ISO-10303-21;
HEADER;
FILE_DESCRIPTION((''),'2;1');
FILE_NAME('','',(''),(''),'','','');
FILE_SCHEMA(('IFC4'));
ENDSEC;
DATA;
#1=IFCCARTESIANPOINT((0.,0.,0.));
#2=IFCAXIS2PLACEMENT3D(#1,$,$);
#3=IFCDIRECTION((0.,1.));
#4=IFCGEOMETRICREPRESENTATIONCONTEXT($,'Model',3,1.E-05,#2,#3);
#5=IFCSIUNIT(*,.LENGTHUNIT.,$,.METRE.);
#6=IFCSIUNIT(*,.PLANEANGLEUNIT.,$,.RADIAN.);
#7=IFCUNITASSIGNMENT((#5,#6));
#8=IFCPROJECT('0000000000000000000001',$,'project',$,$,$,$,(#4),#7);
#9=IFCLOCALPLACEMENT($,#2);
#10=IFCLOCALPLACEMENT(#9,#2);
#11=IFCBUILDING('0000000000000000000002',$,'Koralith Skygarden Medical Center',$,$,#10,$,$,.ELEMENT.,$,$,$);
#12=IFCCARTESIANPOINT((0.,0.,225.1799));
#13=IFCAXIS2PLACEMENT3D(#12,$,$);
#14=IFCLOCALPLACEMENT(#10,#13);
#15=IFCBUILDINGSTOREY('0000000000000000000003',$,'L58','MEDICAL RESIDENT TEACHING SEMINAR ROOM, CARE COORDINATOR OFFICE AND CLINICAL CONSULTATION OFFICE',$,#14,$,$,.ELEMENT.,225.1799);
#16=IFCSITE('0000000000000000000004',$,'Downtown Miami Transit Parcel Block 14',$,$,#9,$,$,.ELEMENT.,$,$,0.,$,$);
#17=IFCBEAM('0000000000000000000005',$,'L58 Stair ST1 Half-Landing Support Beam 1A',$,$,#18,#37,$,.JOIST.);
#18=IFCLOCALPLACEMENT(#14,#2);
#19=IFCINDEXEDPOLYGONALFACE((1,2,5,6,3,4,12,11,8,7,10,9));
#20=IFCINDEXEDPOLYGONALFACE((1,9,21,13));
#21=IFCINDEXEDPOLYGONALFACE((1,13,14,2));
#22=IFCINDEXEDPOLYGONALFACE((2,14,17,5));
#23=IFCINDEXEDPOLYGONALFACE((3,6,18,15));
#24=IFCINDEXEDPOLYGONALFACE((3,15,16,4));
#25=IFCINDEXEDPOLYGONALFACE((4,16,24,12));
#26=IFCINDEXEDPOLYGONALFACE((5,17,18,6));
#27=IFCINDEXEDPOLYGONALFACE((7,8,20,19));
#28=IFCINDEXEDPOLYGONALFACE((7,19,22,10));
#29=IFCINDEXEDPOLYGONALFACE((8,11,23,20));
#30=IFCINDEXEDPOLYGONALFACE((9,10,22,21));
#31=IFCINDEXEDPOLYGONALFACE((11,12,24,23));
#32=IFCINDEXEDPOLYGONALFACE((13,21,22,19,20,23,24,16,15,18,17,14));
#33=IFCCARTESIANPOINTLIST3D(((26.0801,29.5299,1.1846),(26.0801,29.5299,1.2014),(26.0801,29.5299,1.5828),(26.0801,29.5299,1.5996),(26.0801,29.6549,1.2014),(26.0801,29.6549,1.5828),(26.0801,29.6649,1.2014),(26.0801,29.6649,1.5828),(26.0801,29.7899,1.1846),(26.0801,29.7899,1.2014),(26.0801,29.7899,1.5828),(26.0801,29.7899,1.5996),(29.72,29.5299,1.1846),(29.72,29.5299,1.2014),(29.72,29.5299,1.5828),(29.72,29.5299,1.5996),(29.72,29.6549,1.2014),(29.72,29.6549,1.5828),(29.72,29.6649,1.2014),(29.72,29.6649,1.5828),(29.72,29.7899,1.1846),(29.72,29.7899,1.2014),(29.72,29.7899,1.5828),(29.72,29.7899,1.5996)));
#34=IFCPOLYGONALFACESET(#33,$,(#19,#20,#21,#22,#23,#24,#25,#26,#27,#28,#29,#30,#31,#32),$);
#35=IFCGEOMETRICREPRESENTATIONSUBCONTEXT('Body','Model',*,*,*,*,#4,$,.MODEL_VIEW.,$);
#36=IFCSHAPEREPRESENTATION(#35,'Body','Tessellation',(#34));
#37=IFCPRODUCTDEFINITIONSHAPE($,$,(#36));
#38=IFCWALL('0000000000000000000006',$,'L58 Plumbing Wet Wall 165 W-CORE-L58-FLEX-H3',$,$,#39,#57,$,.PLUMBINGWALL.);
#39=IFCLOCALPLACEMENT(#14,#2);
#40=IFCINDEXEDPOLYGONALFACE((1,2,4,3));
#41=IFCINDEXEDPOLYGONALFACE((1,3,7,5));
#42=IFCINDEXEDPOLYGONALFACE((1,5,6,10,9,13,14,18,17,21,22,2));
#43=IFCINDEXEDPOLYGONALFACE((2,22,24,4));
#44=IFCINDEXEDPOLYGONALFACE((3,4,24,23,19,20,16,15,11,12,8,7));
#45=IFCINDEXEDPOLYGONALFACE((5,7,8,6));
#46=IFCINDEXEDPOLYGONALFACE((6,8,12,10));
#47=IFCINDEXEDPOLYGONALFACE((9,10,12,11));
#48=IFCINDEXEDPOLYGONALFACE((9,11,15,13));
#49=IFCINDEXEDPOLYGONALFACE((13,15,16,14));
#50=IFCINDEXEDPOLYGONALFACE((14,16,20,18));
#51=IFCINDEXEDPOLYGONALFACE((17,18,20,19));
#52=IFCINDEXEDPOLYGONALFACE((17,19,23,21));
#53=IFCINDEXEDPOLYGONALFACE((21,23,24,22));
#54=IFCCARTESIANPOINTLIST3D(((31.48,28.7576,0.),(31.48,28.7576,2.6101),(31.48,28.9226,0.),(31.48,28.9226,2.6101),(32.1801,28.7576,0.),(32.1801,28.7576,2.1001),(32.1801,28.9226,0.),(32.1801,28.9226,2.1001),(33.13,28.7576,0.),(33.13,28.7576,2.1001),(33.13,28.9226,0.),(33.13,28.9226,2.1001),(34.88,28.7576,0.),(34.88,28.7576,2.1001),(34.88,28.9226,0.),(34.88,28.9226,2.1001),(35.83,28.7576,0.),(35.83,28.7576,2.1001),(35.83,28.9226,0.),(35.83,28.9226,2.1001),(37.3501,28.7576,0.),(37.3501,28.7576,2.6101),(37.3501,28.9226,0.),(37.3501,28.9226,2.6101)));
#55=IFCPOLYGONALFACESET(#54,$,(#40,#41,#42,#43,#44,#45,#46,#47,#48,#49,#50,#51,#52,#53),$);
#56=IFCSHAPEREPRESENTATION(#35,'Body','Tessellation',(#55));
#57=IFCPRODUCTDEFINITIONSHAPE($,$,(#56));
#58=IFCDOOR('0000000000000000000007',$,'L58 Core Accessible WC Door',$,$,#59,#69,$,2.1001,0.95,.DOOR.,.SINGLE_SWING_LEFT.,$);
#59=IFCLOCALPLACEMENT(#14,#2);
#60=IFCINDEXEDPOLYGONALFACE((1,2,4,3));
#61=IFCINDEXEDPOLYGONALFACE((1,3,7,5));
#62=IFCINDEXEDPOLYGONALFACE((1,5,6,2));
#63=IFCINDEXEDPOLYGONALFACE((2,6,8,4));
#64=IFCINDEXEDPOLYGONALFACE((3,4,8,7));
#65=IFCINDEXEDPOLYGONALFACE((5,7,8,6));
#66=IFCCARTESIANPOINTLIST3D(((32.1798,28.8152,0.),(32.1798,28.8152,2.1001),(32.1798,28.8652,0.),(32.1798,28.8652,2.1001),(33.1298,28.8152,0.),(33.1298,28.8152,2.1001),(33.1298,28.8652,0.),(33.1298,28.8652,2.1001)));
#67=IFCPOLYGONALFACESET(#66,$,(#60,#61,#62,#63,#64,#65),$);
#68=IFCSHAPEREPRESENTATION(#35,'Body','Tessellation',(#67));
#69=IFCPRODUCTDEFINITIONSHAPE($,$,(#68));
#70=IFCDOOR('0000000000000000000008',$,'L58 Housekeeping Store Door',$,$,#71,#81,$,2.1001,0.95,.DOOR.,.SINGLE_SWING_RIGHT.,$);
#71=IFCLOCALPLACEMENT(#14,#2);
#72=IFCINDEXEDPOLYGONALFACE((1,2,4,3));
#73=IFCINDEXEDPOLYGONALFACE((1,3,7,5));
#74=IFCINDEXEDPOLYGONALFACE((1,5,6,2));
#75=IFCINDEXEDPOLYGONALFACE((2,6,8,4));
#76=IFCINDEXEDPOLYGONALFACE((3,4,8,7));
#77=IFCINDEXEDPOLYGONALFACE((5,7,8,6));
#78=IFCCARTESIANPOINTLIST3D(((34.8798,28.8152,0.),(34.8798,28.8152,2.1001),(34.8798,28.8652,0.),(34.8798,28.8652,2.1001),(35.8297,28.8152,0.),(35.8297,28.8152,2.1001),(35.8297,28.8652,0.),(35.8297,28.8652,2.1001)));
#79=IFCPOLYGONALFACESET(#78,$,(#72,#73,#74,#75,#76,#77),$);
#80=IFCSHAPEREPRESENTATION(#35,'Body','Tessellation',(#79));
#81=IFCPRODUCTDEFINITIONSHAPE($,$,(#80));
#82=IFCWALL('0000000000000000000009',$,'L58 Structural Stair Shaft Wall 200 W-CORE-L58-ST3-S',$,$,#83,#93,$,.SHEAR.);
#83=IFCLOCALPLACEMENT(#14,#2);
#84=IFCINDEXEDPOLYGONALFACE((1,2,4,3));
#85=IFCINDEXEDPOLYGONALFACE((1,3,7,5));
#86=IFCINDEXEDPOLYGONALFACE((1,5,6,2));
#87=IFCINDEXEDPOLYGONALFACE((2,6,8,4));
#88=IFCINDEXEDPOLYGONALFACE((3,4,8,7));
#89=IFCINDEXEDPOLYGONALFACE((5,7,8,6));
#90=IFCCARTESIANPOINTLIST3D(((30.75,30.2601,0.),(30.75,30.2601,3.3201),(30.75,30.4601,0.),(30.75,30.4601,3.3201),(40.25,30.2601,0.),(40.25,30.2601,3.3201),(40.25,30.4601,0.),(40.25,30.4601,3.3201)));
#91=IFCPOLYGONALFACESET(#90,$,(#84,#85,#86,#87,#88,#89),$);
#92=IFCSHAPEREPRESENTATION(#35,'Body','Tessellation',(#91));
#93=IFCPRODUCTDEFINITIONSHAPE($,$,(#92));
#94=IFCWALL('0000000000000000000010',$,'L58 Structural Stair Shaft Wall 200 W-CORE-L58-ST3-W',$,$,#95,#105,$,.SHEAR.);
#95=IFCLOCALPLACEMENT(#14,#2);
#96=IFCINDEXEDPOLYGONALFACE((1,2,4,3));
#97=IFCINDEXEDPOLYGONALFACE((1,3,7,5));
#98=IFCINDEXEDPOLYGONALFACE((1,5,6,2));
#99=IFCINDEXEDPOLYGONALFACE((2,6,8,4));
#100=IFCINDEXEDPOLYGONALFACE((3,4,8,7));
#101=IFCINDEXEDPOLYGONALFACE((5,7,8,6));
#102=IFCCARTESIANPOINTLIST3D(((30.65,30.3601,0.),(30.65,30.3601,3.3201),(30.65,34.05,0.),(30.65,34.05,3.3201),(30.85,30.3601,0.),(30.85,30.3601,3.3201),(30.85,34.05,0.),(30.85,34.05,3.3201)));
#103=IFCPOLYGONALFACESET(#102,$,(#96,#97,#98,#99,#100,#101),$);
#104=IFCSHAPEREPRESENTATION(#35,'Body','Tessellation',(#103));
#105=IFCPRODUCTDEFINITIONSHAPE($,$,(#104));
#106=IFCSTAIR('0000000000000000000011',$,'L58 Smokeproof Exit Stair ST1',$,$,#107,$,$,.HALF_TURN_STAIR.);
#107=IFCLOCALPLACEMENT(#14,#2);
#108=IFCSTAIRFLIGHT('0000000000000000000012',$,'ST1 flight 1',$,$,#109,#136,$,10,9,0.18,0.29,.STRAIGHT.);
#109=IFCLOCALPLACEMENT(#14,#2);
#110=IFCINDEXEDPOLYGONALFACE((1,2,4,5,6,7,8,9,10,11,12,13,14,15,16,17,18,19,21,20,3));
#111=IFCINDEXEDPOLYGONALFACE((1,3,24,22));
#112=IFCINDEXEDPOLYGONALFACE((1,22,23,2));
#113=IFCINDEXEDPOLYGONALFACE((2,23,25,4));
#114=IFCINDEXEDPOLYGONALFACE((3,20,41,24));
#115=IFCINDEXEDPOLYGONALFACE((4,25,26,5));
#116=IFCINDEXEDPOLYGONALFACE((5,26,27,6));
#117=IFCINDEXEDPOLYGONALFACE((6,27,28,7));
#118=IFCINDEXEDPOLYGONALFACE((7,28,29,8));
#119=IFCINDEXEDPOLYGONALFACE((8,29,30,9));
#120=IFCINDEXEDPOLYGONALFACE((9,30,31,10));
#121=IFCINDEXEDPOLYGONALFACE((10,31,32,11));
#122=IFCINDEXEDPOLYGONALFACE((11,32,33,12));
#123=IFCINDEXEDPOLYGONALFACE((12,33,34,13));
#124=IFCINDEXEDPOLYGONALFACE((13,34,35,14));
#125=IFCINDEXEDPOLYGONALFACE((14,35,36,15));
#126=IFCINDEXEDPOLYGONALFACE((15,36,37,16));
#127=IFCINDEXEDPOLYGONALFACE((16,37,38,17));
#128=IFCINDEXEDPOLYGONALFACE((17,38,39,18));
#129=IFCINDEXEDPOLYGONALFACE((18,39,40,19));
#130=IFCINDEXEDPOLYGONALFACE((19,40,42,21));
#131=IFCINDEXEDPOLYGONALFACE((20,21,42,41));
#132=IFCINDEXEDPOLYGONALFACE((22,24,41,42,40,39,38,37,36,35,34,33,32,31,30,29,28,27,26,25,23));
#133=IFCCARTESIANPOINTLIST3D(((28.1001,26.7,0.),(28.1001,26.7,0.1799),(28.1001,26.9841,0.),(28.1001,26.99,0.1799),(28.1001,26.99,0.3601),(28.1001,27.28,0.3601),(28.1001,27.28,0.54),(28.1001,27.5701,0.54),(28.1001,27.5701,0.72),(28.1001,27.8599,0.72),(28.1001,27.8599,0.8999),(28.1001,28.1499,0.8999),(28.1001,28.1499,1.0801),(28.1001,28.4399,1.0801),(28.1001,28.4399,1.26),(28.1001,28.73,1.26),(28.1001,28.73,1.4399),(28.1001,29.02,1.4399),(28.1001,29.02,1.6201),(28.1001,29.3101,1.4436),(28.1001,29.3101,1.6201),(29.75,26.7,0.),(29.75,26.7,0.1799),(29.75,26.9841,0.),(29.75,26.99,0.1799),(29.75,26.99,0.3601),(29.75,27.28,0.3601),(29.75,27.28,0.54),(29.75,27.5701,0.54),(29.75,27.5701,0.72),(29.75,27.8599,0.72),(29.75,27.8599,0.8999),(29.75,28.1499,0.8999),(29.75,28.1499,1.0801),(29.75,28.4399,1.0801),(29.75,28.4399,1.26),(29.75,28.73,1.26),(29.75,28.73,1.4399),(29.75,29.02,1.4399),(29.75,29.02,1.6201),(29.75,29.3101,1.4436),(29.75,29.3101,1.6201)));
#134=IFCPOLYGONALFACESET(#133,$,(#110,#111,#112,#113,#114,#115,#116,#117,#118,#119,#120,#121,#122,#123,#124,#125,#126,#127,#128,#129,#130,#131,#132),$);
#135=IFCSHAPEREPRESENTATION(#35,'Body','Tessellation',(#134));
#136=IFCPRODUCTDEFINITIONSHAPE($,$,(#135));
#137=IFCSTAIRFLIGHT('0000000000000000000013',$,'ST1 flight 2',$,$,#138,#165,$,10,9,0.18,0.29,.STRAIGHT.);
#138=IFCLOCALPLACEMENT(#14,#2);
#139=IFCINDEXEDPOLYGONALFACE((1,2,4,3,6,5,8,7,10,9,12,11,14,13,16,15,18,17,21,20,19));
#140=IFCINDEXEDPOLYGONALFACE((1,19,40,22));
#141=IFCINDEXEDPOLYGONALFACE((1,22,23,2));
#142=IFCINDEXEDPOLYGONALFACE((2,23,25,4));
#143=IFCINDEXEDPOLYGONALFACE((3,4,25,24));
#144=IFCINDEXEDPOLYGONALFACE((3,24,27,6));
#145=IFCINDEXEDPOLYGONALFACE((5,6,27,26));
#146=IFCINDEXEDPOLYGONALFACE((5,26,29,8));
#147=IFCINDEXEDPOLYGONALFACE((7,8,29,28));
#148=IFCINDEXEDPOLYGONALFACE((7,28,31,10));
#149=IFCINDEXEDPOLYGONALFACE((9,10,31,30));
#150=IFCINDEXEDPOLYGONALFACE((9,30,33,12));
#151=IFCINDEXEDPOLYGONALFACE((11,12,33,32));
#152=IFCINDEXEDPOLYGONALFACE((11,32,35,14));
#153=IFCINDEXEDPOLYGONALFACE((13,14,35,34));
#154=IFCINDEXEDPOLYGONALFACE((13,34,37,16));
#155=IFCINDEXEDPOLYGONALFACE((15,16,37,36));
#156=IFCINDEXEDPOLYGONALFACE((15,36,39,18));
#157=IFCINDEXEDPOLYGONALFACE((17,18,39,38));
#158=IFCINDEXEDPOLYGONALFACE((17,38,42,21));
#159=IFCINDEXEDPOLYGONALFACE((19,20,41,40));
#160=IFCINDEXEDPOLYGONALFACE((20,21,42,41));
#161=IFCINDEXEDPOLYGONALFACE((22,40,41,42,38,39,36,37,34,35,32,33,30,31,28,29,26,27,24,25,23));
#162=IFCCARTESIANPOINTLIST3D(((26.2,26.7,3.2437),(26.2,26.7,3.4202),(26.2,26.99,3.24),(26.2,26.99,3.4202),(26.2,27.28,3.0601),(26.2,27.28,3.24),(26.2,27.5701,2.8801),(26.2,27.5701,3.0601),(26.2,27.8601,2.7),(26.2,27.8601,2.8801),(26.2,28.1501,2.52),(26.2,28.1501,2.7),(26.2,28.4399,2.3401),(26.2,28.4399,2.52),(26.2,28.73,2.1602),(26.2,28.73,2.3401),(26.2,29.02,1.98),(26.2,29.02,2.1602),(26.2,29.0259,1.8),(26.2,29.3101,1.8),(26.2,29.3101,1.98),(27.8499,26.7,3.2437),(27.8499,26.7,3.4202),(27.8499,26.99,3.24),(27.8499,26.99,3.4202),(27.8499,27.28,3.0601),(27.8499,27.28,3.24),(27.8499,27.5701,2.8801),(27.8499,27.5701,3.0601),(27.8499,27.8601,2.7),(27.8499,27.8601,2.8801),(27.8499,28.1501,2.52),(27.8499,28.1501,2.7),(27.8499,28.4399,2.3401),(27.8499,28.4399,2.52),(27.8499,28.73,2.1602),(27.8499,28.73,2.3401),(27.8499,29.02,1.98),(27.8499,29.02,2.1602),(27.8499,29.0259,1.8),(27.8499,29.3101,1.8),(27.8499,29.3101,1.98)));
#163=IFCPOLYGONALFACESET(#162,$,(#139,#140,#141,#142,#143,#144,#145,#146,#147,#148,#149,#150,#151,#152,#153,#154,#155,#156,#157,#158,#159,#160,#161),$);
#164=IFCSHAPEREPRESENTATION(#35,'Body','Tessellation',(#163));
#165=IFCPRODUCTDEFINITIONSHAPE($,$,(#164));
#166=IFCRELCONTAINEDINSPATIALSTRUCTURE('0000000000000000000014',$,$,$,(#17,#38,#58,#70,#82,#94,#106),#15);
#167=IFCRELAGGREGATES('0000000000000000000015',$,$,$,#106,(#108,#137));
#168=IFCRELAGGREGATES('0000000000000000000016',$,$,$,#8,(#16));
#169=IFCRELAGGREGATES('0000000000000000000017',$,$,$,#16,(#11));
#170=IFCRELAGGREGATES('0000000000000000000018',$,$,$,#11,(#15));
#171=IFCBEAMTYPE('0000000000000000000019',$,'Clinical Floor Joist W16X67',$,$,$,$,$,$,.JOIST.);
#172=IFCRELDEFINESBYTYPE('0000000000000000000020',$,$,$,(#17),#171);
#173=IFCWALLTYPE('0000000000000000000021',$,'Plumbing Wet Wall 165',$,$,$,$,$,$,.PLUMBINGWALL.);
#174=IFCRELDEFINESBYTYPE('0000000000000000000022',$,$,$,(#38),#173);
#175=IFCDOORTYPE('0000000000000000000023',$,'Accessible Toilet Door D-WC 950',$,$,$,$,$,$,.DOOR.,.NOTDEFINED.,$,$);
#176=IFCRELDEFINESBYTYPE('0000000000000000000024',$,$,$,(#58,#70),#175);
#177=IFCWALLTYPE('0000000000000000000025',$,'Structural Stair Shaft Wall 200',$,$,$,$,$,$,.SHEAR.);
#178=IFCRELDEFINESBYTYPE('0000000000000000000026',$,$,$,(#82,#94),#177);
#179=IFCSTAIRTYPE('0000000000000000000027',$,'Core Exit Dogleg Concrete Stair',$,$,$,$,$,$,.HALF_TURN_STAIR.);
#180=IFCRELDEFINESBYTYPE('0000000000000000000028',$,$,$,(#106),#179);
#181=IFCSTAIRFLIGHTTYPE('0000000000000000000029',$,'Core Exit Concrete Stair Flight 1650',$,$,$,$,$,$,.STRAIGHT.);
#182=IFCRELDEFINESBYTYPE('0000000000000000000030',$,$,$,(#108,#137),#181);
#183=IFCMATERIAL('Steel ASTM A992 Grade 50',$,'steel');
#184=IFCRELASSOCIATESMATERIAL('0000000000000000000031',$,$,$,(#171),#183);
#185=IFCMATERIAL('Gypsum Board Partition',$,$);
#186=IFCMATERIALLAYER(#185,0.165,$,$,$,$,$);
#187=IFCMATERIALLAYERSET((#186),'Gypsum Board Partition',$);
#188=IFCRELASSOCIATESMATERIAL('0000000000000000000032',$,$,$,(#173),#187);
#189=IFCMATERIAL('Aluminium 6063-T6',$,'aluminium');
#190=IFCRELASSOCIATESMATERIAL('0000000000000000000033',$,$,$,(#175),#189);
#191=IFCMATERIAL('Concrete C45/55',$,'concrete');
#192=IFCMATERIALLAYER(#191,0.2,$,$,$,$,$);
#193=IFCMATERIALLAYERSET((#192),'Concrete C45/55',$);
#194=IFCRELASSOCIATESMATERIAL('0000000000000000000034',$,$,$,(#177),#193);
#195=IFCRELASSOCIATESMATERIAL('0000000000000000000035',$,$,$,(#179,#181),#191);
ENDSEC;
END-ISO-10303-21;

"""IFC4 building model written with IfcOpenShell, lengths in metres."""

from ifc_helpers import new_model, si_unit, direction, frame, frame_2d, origin, origin_2d, place, context, subcontext, project, spatial, polyline, rectangle, i_section, outline, extrude, material, layer, layer_set, material_profile, profile_set, type_object, element, fill, aggregate, save


model = new_model("IFC4")

# Units and contexts
model_context = context("Model", 3, precision=1e-05, world=origin(), true_north=direction((0.0, 1.0)))
body_context = subcontext(model_context, "Body", "Model", "MODEL_VIEW")
ifc_project = project(units=[si_unit("LENGTHUNIT", "METRE"), si_unit("PLANEANGLEUNIT", "RADIAN")], contexts=[model_context])

# Site, building, storey
site_placement = place(None, origin())
site = spatial("IfcSite", under=ifc_project, at=site_placement, Name="Downtown Miami Transit Parcel Block 14", CompositionType="ELEMENT", RefElevation=0.0)
building_placement = place(site_placement, origin())
building = spatial("IfcBuilding", under=site, at=building_placement, Name="Koralith Skygarden Medical Center", CompositionType="ELEMENT")
storey_placement = place(building_placement, frame((0.0, 0.0, 225.1799)))
storey = spatial("IfcBuildingStorey", under=building, at=storey_placement, Name="L58", Description="MEDICAL RESIDENT TEACHING SEMINAR ROOM, CARE COORDINATOR OFFICE AND CLINICAL CONSULTATION OFFICE", CompositionType="ELEMENT", Elevation=225.1799)

# Beam
ifc_material_1 = material(Name="Steel ASTM A992 Grade 50", Category="steel")
ifc_material_profile = material_profile(ifc_material_1, i_section(OverallWidth=0.26, OverallDepth=0.415, WebThickness=0.01, FlangeThickness=0.0168, at=origin_2d()), Name="W16X67")
ifc_profile_set = profile_set([ifc_material_profile], Name="Steel ASTM A992 Grade 50")
beam_type = type_object("IfcBeamType", Name="Clinical Floor Joist W16X67", PredefinedType="JOIST", material=ifc_profile_set)
beam_placement = place(storey_placement, frame((26.0801, 29.6599, 1.3921), z_axis=(1.0, 0.0, 0.0), x_axis=(0.0, 1.0, 0.0)))
element("IfcBeam", 1, at=beam_placement, inside=storey, type_object=beam_type, Name="L58 Stair ST1 Half-Landing Support Beam 1A", PredefinedType="JOIST", context=body_context, shape_type="SweptSolid", body=[
    extrude(i_section(OverallWidth=0.26, OverallDepth=0.415, WebThickness=0.01, FlangeThickness=0.0168, at=origin_2d()), origin(), (0.0, 0.0, 1.0), 3.6399),
])

# Wall, openings, doors
ifc_material_2 = material(Name="Gypsum Board Partition")
ifc_layer_1 = layer(ifc_material_2, 0.165)
ifc_layer_set_1 = layer_set([ifc_layer_1], Name="Gypsum Board Partition")
wall_type_1 = type_object("IfcWallType", Name="Plumbing Wet Wall 165", PredefinedType="PLUMBINGWALL", material=ifc_layer_set_1)
wall_1_placement = place(storey_placement, frame((31.48, 28.8401, 0.0), z_axis=(0.0, 0.0, 1.0), x_axis=(1.0, 0.0, 0.0)))
wall_1 = element("IfcWall", 2, at=wall_1_placement, inside=storey, type_object=wall_type_1, Name="L58 Plumbing Wet Wall 165 W-CORE-L58-FLEX-H3", PredefinedType="PLUMBINGWALL", context=body_context, shape_type="SweptSolid", body=[
    extrude(rectangle(XDim=5.8701, YDim=0.165, at=frame_2d((2.9351, 0.0))), origin(), (0.0, 0.0, 1.0), 2.6101),
])
opening_1_placement = place(wall_1_placement, frame((0.7, 0.0, 0.0)))
opening_1 = element("IfcOpeningElement", 3, at=opening_1_placement, cuts=wall_1, PredefinedType="OPENING", context=body_context, shape_type="SweptSolid", body=[
    extrude(rectangle(XDim=0.95, YDim=2.1001, at=frame_2d((0.4751, 1.05))), frame((0.0, 0.0925, 0.0), z_axis=(0.0, -1.0, 0.0), x_axis=(1.0, 0.0, 0.0)), (0.0, 0.0, 1.0), 0.1851),
])
opening_2_placement = place(wall_1_placement, frame((3.3999, 0.0, 0.0)))
opening_2 = element("IfcOpeningElement", 4, at=opening_2_placement, cuts=wall_1, PredefinedType="OPENING", context=body_context, shape_type="SweptSolid", body=[
    extrude(rectangle(XDim=0.95, YDim=2.1001, at=frame_2d((0.4751, 1.05))), frame((0.0, 0.0925, 0.0), z_axis=(0.0, -1.0, 0.0), x_axis=(1.0, 0.0, 0.0)), (0.0, 0.0, 1.0), 0.1851),
])
ifc_material_3 = material(Name="Aluminium 6063-T6", Category="aluminium")
door_type = type_object("IfcDoorType", Name="Accessible Toilet Door D-WC 950", OperationType="NOTDEFINED", PredefinedType="DOOR", material=ifc_material_3)
door_1_placement = place(opening_1_placement, frame((0.95, 0.0, 0.0), z_axis=(0.0, 0.0, 1.0), x_axis=(-1.0, 0.0, 0.0)))
door_1 = element("IfcDoor", 5, at=door_1_placement, inside=storey, type_object=door_type, Name="L58 Core Accessible WC Door", OperationType="SINGLE_SWING_LEFT", OverallHeight=2.1001, OverallWidth=0.95, PredefinedType="DOOR", context=body_context, shape_type="SweptSolid", body=[
    extrude(rectangle(XDim=0.95, YDim=2.1001, at=frame_2d((0.4751, 1.05))), frame((0.0, 0.0249, 0.0), z_axis=(0.0, -1.0, 0.0), x_axis=(1.0, 0.0, 0.0)), (0.0, 0.0, 1.0), 0.05),
])
fill(opening_1, door_1)
door_2_placement = place(opening_2_placement, frame((0.95, 0.0, 0.0), z_axis=(0.0, 0.0, 1.0), x_axis=(-1.0, 0.0, 0.0)))
door_2 = element("IfcDoor", 6, at=door_2_placement, inside=storey, type_object=door_type, Name="L58 Housekeeping Store Door", OperationType="SINGLE_SWING_RIGHT", OverallHeight=2.1001, OverallWidth=0.95, PredefinedType="DOOR", context=body_context, shape_type="SweptSolid", body=[
    extrude(rectangle(XDim=0.95, YDim=2.1001, at=frame_2d((0.4751, 1.05))), frame((0.0, 0.0249, 0.0), z_axis=(0.0, -1.0, 0.0), x_axis=(1.0, 0.0, 0.0)), (0.0, 0.0, 1.0), 0.05),
])
fill(opening_2, door_2)

# Walls
ifc_material_4 = material(Name="Concrete C45/55", Category="concrete")
ifc_layer_2 = layer(ifc_material_4, 0.2)
ifc_layer_set_2 = layer_set([ifc_layer_2], Name="Concrete C45/55")
wall_type_2 = type_object("IfcWallType", Name="Structural Stair Shaft Wall 200", PredefinedType="SHEAR", material=ifc_layer_set_2)
wall_2_placement = place(storey_placement, frame((30.75, 30.3601, 0.0), z_axis=(0.0, 0.0, 1.0), x_axis=(1.0, 0.0, 0.0)))
element("IfcWall", 7, at=wall_2_placement, inside=storey, type_object=wall_type_2, Name="L58 Structural Stair Shaft Wall 200 W-CORE-L58-ST3-S", PredefinedType="SHEAR", context=body_context, shape_type="SweptSolid", body=[
    extrude(rectangle(XDim=9.5, YDim=0.2, at=frame_2d((4.75, 0.0))), origin(), (0.0, 0.0, 1.0), 3.3201),
])
wall_3_placement = place(storey_placement, frame((30.75, 30.3601, 0.0), z_axis=(0.0, 0.0, 1.0), x_axis=(0.0, 1.0, 0.0)))
element("IfcWall", 8, at=wall_3_placement, inside=storey, type_object=wall_type_2, Name="L58 Structural Stair Shaft Wall 200 W-CORE-L58-ST3-W", PredefinedType="SHEAR", context=body_context, shape_type="SweptSolid", body=[
    extrude(rectangle(XDim=3.6899, YDim=0.2, at=frame_2d((1.845, 0.0))), origin(), (0.0, 0.0, 1.0), 3.3201),
])

# Stair, stair flights
stair_type = type_object("IfcStairType", Name="Core Exit Dogleg Concrete Stair", PredefinedType="HALF_TURN_STAIR", material=ifc_material_4)
stair_1_placement = place(storey_placement, origin())
stair_1 = element("IfcStair", 9, at=stair_1_placement, inside=storey, type_object=stair_type, Name="L58 Smokeproof Exit Stair ST1", PredefinedType="HALF_TURN_STAIR")
stair_flight_type = type_object("IfcStairFlightType", Name="Core Exit Concrete Stair Flight 1650", PredefinedType="STRAIGHT", material=ifc_material_4)
stair_flight_1_placement = place(storey_placement, frame((28.925, 26.7, 0.0), z_axis=(0.0, 0.0, 1.0), x_axis=(0.0, 1.0, 0.0)))
stair_flight_1 = element("IfcStairFlight", 10, at=stair_flight_1_placement, type_object=stair_flight_type, Name="ST1 flight 1", NumberOfRisers=10, NumberOfTreads=9, PredefinedType="STRAIGHT", RiserHeight=0.18, TreadLength=0.29, context=body_context, shape_type="SweptSolid", body=[
    extrude(outline(polyline([(0.0, 0.0), (0.0, 0.1799), (0.29, 0.1799), (0.29, 0.3601), (0.5801, 0.3601), (0.5801, 0.54), (0.8701, 0.54), (0.8701, 0.72), (1.1599, 0.72), (1.1599, 0.8999), (1.45, 0.8999), (1.45, 1.0801), (1.74, 1.0801), (1.74, 1.26), (2.03, 1.26), (2.03, 1.4399), (2.3201, 1.4399), (2.3201, 1.6201), (2.6101, 1.6201), (2.6101, 1.8), (2.6101, 1.4436), (0.2842, 0.0), (0.0, 0.0)])), frame((0.0, 0.825, 0.0), z_axis=(0.0, -1.0, 0.0), x_axis=(1.0, 0.0, 0.0)), (0.0, 0.0, 1.0), 1.6499),
])
stair_flight_2_placement = place(storey_placement, frame((27.0249, 29.3101, 1.8), z_axis=(0.0, 0.0, 1.0), x_axis=(0.0, -1.0, 0.0)))
stair_flight_2 = element("IfcStairFlight", 11, at=stair_flight_2_placement, type_object=stair_flight_type, Name="ST1 flight 2", NumberOfRisers=10, NumberOfTreads=9, PredefinedType="STRAIGHT", RiserHeight=0.18, TreadLength=0.29, context=body_context, shape_type="SweptSolid", body=[
    extrude(outline(polyline([(0.0, 0.0), (0.0, 0.1799), (0.29, 0.1799), (0.29, 0.3601), (0.5801, 0.3601), (0.5801, 0.54), (0.8701, 0.54), (0.8701, 0.72), (1.1599, 0.72), (1.1599, 0.8999), (1.45, 0.8999), (1.45, 1.0801), (1.74, 1.0801), (1.74, 1.26), (2.03, 1.26), (2.03, 1.4399), (2.3201, 1.4399), (2.3201, 1.6201), (2.6101, 1.6201), (2.6101, 1.8), (2.6101, 1.4436), (0.2842, 0.0), (0.0, 0.0)])), frame((0.0, 0.825, 0.0), z_axis=(0.0, -1.0, 0.0), x_axis=(1.0, 0.0, 0.0)), (0.0, 0.0, 1.0), 1.6499),
])
aggregate(stair_1, [stair_flight_1, stair_flight_2])

save(model, "model.ifc")
